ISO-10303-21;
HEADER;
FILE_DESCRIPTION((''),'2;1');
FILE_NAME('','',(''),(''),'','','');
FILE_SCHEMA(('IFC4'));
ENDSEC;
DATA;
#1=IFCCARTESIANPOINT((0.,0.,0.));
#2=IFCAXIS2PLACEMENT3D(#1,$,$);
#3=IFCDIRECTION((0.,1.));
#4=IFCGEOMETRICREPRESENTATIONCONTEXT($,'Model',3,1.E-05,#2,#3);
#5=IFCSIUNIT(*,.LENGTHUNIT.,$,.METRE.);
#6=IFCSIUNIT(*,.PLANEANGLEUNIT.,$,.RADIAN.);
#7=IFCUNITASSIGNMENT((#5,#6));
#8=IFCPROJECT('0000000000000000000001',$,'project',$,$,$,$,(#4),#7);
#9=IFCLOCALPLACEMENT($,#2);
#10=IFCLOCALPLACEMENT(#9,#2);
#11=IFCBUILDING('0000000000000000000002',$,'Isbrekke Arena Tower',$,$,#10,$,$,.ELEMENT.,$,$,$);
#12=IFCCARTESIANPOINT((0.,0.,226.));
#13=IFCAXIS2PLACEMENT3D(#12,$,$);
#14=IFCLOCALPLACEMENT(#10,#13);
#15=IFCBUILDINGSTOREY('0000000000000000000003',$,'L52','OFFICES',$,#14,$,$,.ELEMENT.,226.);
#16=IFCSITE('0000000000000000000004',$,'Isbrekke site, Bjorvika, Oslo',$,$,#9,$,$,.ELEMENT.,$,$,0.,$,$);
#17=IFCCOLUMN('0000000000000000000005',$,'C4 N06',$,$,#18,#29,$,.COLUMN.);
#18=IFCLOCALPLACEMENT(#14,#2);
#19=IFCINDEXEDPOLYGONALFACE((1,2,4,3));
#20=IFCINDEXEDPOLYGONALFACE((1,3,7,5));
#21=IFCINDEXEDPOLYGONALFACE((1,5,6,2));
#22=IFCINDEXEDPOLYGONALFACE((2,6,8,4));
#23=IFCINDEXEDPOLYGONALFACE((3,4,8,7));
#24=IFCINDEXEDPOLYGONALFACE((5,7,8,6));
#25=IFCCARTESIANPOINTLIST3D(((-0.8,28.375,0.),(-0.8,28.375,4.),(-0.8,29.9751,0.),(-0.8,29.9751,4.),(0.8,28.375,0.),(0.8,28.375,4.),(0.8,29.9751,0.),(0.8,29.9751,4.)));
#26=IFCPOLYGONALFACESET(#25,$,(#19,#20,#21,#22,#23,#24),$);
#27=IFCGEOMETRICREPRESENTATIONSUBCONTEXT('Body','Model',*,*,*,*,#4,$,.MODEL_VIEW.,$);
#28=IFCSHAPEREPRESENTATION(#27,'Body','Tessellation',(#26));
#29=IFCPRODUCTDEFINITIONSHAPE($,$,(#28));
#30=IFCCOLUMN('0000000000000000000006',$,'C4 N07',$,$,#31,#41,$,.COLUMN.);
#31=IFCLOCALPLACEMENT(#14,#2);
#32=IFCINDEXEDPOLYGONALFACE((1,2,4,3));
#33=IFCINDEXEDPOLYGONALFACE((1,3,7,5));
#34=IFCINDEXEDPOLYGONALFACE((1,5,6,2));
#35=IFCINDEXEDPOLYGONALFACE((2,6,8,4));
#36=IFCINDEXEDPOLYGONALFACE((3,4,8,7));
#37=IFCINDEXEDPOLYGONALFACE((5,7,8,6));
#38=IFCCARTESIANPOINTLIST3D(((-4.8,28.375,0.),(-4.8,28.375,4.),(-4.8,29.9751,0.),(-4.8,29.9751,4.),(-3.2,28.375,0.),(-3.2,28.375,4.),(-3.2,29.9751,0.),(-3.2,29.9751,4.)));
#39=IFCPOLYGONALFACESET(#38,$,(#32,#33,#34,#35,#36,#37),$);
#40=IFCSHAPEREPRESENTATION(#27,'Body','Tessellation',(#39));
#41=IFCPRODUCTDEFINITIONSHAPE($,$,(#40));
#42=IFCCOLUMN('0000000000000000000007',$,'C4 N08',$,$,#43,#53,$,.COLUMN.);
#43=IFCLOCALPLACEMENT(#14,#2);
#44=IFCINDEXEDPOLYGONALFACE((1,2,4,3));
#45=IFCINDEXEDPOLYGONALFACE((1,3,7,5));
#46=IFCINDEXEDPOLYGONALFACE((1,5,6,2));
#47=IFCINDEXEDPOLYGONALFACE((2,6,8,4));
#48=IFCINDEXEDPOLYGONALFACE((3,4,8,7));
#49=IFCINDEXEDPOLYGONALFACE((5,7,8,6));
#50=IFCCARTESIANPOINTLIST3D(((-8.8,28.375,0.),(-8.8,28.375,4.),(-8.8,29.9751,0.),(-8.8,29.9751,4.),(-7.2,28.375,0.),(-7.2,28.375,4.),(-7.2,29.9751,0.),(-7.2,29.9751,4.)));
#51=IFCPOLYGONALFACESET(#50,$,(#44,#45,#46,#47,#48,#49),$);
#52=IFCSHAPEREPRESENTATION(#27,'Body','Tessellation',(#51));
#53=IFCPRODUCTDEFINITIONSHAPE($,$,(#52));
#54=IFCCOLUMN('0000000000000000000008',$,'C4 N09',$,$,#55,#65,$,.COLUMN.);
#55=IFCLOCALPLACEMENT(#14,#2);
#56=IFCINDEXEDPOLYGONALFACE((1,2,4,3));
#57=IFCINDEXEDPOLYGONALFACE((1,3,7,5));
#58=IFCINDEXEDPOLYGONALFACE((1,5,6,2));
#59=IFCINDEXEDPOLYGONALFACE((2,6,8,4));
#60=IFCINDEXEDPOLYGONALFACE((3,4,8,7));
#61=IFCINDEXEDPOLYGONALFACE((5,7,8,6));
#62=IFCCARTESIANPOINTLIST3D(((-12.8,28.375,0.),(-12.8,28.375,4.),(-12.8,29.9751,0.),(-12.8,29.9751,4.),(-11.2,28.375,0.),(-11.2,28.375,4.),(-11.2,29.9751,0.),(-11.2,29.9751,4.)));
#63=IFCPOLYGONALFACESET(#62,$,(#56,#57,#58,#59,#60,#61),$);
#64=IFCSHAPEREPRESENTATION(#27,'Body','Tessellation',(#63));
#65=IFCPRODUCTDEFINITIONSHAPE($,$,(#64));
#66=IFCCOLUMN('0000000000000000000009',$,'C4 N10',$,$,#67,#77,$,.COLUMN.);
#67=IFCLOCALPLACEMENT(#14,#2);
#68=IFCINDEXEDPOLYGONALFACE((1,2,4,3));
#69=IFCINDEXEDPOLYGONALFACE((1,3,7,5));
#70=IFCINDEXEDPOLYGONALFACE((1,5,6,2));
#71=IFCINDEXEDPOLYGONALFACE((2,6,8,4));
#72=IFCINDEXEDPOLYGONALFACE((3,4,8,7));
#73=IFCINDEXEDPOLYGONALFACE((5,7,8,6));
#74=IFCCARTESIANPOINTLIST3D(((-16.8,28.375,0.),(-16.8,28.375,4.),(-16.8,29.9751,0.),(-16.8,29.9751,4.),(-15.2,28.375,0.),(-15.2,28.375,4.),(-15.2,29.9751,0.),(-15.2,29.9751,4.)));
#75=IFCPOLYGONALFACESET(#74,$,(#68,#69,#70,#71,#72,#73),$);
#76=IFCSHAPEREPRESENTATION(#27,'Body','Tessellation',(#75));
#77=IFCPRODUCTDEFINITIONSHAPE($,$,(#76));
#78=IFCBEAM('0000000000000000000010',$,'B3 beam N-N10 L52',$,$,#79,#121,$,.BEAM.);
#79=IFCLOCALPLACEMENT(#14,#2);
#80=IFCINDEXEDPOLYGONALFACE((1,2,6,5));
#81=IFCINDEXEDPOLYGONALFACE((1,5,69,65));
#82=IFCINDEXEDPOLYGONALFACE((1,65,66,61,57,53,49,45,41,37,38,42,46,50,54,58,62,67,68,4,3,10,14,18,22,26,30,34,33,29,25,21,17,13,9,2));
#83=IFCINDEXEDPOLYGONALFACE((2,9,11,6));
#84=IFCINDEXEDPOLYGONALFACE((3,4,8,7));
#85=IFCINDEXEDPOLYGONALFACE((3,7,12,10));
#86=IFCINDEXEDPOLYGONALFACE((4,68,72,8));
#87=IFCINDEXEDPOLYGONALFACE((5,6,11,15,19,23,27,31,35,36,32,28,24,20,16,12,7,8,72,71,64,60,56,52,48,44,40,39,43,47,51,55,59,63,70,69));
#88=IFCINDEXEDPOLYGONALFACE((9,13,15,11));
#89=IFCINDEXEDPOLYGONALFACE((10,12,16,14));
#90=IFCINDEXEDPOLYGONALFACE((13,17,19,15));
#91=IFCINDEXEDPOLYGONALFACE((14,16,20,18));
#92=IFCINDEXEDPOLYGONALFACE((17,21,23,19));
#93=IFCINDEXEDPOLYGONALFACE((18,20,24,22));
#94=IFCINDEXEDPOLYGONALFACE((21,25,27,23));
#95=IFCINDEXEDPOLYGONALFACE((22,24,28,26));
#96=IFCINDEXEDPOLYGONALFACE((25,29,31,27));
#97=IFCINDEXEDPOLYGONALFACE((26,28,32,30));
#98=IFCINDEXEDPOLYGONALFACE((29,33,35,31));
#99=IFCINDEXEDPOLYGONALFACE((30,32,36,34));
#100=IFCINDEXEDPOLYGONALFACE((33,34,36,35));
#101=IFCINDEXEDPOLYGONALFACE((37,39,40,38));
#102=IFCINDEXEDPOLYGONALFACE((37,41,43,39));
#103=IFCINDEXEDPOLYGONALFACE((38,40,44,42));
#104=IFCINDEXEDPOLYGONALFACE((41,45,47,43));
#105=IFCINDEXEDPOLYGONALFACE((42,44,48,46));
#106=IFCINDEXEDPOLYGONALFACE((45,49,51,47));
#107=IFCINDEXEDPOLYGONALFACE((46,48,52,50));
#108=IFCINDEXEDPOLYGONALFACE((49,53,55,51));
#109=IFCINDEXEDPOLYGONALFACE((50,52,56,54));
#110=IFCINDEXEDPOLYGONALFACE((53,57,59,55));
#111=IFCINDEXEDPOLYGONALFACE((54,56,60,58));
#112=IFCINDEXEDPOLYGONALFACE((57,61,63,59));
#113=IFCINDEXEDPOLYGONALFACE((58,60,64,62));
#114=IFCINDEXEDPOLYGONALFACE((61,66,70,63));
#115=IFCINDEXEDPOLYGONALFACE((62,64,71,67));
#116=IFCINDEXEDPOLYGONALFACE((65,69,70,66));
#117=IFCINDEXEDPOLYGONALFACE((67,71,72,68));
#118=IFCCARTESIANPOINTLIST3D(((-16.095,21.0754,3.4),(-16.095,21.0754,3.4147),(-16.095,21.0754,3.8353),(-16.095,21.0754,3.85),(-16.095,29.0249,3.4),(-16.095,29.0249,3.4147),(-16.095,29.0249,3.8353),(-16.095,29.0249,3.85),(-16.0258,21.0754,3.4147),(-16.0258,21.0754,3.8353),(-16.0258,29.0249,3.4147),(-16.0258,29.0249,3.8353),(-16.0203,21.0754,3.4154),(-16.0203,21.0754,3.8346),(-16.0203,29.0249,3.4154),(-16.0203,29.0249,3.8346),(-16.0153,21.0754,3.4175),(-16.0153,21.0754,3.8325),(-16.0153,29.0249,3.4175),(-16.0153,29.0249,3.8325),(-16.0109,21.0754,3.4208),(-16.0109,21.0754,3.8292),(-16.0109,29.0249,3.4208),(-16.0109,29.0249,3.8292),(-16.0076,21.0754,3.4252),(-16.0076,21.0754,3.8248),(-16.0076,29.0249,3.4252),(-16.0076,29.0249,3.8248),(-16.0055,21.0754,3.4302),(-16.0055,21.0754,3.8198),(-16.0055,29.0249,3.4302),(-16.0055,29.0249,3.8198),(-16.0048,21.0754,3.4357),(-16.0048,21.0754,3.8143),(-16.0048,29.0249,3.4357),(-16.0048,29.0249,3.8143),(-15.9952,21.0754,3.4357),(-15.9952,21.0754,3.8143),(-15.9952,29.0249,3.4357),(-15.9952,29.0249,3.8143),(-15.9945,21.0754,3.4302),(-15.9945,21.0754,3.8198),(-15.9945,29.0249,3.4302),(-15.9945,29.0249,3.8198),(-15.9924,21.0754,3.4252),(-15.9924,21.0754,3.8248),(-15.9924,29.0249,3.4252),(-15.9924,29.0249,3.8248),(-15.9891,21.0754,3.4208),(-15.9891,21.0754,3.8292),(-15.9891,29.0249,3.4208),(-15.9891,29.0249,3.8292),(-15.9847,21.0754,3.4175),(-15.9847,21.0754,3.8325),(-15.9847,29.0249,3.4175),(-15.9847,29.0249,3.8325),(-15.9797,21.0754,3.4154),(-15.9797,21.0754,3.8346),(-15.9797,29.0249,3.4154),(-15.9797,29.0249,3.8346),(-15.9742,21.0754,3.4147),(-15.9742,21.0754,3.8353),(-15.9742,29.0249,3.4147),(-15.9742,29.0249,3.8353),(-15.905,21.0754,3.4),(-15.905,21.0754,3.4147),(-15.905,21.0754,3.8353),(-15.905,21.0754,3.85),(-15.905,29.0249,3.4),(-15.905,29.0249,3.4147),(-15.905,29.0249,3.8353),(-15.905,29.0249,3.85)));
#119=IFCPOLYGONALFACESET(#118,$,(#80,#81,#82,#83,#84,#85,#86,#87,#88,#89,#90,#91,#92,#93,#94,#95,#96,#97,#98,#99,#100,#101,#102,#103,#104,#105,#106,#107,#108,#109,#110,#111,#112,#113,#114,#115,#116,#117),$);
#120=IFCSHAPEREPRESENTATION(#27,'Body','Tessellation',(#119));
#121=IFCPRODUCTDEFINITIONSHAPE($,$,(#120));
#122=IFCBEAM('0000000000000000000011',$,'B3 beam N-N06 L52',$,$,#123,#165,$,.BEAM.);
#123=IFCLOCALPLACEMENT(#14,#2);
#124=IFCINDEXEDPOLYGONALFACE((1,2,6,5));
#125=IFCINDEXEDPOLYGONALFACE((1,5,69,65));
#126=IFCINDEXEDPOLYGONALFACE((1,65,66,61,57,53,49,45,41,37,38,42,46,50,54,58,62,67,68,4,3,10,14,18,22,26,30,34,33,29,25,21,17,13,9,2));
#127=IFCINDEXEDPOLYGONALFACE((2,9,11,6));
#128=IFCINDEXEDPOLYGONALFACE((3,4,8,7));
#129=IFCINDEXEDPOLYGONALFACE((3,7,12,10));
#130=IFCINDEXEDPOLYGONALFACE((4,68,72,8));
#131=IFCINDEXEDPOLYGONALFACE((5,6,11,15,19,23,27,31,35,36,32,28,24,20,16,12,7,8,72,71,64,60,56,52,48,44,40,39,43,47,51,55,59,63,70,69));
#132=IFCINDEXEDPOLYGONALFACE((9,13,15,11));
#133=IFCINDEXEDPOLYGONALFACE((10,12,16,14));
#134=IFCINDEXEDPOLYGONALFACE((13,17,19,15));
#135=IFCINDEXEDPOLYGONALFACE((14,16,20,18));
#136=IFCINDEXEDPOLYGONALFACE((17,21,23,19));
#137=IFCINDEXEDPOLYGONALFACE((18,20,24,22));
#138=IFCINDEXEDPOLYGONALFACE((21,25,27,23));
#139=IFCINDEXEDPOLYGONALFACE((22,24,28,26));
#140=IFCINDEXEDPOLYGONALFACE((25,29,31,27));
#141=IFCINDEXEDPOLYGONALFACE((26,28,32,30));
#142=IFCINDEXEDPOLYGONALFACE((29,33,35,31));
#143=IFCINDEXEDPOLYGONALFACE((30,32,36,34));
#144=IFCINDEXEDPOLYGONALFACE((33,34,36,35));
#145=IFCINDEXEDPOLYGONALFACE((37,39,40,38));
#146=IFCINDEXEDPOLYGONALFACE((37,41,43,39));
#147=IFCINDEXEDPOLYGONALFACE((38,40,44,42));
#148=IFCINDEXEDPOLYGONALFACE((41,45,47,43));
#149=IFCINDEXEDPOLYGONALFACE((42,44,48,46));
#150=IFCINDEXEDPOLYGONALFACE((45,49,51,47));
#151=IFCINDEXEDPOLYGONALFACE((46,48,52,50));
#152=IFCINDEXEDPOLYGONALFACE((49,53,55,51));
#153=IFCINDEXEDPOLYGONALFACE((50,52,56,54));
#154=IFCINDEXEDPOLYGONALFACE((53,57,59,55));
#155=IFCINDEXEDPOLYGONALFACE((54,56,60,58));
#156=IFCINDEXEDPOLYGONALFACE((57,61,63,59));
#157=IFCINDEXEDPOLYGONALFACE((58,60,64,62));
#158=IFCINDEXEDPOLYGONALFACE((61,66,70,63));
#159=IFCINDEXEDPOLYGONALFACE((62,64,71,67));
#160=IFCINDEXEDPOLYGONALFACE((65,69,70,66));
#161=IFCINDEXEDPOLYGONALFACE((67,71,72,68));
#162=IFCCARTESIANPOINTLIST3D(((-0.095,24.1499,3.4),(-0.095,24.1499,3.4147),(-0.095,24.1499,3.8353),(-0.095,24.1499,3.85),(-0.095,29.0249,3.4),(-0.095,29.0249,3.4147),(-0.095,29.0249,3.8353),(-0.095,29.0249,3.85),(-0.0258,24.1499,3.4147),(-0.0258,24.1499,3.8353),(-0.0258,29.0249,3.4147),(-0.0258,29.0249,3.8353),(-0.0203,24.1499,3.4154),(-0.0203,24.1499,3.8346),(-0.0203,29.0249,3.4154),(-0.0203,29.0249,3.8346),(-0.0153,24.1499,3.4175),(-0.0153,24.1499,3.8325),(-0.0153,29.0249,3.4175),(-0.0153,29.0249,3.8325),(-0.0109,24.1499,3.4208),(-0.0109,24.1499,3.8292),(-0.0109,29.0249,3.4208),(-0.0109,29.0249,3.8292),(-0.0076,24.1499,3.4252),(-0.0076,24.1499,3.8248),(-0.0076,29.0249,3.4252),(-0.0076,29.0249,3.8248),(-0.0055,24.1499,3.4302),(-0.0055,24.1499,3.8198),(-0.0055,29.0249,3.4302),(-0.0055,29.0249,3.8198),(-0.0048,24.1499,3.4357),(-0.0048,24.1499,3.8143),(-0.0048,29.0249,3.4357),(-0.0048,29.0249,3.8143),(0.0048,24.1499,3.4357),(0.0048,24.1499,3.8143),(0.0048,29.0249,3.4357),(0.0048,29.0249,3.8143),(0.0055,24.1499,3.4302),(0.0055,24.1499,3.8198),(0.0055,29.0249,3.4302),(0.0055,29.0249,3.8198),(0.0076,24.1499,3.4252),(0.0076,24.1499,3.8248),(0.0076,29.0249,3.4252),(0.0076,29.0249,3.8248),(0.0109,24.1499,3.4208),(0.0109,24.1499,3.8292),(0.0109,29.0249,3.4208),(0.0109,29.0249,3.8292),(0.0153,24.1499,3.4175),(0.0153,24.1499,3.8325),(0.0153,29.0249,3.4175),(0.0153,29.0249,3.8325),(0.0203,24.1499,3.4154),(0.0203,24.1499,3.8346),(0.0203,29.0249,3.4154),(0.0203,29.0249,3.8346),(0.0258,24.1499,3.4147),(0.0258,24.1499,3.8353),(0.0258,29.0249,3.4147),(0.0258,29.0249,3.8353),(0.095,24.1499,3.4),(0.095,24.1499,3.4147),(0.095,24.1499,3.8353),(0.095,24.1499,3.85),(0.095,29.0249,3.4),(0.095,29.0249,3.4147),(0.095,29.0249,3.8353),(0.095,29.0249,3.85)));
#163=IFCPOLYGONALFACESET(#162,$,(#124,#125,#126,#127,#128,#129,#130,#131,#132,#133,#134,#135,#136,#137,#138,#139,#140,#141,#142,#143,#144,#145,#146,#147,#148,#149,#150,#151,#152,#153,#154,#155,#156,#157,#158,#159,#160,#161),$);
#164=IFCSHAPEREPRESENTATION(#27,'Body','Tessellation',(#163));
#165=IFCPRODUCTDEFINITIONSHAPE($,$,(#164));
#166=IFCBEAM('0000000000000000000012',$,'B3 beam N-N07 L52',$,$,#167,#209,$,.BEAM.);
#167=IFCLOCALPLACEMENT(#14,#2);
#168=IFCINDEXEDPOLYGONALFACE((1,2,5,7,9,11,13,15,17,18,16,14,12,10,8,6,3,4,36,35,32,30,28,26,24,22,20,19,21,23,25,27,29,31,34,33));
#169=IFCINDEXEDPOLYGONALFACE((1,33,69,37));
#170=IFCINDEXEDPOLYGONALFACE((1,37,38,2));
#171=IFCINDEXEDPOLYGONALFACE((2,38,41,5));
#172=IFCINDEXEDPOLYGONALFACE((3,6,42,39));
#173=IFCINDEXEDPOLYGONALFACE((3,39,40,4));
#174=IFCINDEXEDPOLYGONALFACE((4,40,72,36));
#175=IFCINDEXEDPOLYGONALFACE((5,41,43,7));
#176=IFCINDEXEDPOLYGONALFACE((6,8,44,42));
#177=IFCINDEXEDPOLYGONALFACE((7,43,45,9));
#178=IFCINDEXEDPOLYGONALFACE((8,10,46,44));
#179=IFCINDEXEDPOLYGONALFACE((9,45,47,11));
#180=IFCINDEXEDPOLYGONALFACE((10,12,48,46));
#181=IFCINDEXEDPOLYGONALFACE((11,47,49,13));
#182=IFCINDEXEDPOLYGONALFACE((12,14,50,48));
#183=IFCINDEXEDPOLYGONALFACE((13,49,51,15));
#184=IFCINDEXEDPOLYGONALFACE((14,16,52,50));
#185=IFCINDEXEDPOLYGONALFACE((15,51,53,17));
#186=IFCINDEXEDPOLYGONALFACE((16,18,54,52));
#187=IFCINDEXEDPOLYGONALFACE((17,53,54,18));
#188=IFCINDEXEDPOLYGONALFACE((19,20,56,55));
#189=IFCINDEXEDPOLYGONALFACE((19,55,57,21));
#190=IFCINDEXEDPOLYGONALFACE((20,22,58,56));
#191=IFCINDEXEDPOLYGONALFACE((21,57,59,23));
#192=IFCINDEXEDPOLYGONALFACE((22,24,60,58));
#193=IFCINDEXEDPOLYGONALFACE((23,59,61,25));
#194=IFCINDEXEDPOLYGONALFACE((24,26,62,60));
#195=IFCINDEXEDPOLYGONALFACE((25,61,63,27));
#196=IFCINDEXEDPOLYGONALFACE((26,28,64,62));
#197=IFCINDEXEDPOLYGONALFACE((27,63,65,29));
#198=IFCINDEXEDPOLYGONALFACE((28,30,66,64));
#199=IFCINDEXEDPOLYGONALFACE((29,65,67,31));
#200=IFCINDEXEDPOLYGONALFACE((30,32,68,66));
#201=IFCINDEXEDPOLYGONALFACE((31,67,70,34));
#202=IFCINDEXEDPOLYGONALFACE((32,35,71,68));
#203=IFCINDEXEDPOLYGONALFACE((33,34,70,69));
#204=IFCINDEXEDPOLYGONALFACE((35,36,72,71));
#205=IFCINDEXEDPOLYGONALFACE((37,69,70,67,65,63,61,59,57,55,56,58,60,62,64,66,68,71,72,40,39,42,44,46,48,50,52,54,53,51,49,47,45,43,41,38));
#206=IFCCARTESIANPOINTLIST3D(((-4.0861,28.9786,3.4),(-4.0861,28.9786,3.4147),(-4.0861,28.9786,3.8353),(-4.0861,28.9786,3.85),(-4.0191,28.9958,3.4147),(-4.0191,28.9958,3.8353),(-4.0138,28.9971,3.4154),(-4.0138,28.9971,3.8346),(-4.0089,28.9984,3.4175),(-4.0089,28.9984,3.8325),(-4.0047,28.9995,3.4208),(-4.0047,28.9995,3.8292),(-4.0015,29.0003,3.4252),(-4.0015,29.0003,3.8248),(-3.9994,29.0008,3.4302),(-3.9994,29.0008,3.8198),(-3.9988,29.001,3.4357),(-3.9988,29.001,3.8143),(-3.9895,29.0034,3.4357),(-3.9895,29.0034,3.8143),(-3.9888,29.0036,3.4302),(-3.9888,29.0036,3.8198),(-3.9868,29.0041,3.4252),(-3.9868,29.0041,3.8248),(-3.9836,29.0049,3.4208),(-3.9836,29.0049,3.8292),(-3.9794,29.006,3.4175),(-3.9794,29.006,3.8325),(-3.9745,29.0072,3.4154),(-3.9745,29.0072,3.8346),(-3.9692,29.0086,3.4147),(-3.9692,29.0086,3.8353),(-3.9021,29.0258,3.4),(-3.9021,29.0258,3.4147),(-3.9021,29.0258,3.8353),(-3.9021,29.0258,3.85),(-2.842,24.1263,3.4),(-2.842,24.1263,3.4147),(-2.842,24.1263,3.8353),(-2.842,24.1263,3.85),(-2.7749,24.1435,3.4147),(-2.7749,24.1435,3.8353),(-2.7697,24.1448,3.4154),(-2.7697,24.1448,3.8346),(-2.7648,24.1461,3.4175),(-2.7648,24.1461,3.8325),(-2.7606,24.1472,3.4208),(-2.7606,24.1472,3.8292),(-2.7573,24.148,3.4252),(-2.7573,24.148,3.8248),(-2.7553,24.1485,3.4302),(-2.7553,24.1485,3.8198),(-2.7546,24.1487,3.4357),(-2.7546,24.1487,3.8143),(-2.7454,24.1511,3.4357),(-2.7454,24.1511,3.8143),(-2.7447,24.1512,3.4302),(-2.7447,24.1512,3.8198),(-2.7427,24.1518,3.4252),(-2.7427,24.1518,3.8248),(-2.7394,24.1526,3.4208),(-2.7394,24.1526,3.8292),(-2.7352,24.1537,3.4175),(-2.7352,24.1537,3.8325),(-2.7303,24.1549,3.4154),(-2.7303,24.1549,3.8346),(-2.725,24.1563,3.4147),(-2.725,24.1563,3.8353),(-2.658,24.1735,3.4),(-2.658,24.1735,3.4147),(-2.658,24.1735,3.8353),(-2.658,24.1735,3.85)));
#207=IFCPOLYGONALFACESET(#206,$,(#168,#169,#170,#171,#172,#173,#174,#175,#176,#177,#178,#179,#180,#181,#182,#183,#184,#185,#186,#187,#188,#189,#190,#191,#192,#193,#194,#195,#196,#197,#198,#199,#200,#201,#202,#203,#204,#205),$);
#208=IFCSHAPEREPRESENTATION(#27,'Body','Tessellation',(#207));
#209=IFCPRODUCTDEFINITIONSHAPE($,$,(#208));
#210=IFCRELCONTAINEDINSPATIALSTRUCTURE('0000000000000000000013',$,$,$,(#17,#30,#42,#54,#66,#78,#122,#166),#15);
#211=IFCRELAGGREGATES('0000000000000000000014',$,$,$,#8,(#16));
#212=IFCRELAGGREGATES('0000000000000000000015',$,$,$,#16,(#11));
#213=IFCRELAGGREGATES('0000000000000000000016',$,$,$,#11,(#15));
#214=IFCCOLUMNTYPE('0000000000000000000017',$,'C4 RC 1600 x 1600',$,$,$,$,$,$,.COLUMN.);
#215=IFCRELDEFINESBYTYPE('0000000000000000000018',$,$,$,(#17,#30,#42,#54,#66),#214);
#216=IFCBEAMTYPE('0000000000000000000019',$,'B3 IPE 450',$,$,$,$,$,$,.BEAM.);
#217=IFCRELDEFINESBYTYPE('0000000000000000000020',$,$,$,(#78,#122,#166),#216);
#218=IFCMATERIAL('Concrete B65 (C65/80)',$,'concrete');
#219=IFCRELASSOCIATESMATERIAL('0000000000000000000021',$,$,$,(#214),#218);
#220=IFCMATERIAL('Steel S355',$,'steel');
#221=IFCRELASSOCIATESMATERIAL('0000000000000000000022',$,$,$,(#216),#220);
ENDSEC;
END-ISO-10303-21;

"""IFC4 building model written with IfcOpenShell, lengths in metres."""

from ifc_helpers import new_model, si_unit, direction, frame, origin, origin_2d, place, context, subcontext, project, spatial, rectangle, i_section, extrude, material, material_profile, profile_set, type_object, element, save


model = new_model("IFC4")

# Units and contexts
model_context = context("Model", 3, precision=1e-05, world=origin(), true_north=direction((0.0, 1.0)))
body_context = subcontext(model_context, "Body", "Model", "MODEL_VIEW")
ifc_project = project(units=[si_unit("LENGTHUNIT", "METRE"), si_unit("PLANEANGLEUNIT", "RADIAN")], contexts=[model_context])

# Site, building, storey
site_placement = place(None, origin())
site = spatial("IfcSite", under=ifc_project, at=site_placement, Name="Isbrekke site, Bjorvika, Oslo", CompositionType="ELEMENT", RefElevation=0.0)
building_placement = place(site_placement, origin())
building = spatial("IfcBuilding", under=site, at=building_placement, Name="Isbrekke Arena Tower", CompositionType="ELEMENT")
storey_placement = place(building_placement, frame((0.0, 0.0, 226.0)))
storey = spatial("IfcBuildingStorey", under=building, at=storey_placement, Name="L52", Description="OFFICES", CompositionType="ELEMENT", Elevation=226.0)

# Columns
ifc_material_1 = material(Name="Concrete B65 (C65/80)", Category="concrete")
ifc_material_profile_1 = material_profile(ifc_material_1, rectangle(XDim=1.6001, YDim=1.6001, at=origin_2d()), Name="RC 1600x1600")
ifc_profile_set_1 = profile_set([ifc_material_profile_1], Name="Concrete B65 (C65/80)")
column_type = type_object("IfcColumnType", Name="C4 RC 1600 x 1600", PredefinedType="COLUMN", material=ifc_profile_set_1)
for number, where, z_axis, x_axis, name in (
    (1, (0.0, 29.175, 0.0), (0.0, 0.0, 1.0), (-1.0, 0.0, 0.0), "C4 N06"),
    (2, (-4.0, 29.175, 0.0), (0.0, 0.0, 1.0), (-1.0, 0.0, 0.0), "C4 N07"),
    (3, (-8.0, 29.175, 0.0), (0.0, 0.0, 1.0), (-1.0, 0.0, 0.0), "C4 N08"),
    (4, (-12.0, 29.175, 0.0), (0.0, 0.0, 1.0), (-1.0, 0.0, 0.0), "C4 N09"),
    (5, (-16.0, 29.175, 0.0), (0.0, 0.0, 1.0), (-1.0, 0.0, 0.0), "C4 N10"),
):
    element("IfcColumn", number, at=place(storey_placement, frame(where, z_axis=z_axis, x_axis=x_axis)), inside=storey, type_object=column_type, Name=name, PredefinedType="COLUMN", context=body_context, shape_type="SweptSolid", body=[
        extrude(rectangle(XDim=1.6001, YDim=1.6001, at=origin_2d()), origin(), (0.0, 0.0, 1.0), 4.0),
    ])

# Beams
ifc_material_2 = material(Name="Steel S355", Category="steel")
ifc_material_profile_2 = material_profile(ifc_material_2, i_section(OverallWidth=0.1899, OverallDepth=0.45, WebThickness=0.0095, FlangeThickness=0.0146, FilletRadius=0.021, at=origin_2d()), Name="IPE 450")
ifc_profile_set_2 = profile_set([ifc_material_profile_2], Name="Steel S355")
beam_type_1 = type_object("IfcBeamType", Name="B3 IPE 450", PredefinedType="BEAM", material=ifc_profile_set_2)
beam_1_placement = place(storey_placement, frame((-16.0, 29.0249, 3.625), z_axis=(0.0, -1.0, 0.0), x_axis=(1.0, 0.0, 0.0)))
element("IfcBeam", 6, at=beam_1_placement, inside=storey, type_object=beam_type_1, Name="B3 beam N-N10 L52", PredefinedType="BEAM", context=body_context, shape_type="SweptSolid", body=[
    extrude(i_section(OverallWidth=0.1899, OverallDepth=0.45, WebThickness=0.0095, FlangeThickness=0.0146, FilletRadius=0.021, at=origin_2d()), origin(), (0.0, 0.0, 1.0), 7.9495),
])
beam_2_placement = place(storey_placement, frame((0.0, 29.0249, 3.625), z_axis=(0.0, -1.0, 0.0), x_axis=(1.0, 0.0, 0.0)))
element("IfcBeam", 7, at=beam_2_placement, inside=storey, type_object=beam_type_1, Name="B3 beam N-N06 L52", PredefinedType="BEAM", context=body_context, shape_type="SweptSolid", body=[
    extrude(i_section(OverallWidth=0.1899, OverallDepth=0.45, WebThickness=0.0095, FlangeThickness=0.0146, FilletRadius=0.021, at=origin_2d()), origin(), (0.0, 0.0, 1.0), 4.875),
])
beam_3_placement = place(storey_placement, frame((-3.9941, 29.0022, 3.625), z_axis=(0.248368, -0.968666, 0.0), x_axis=(0.968666, 0.248368, 0.0)))
element("IfcBeam", 8, at=beam_3_placement, inside=storey, type_object=beam_type_1, Name="B3 beam N-N07 L52", PredefinedType="BEAM", context=body_context, shape_type="SweptSolid", body=[
    extrude(i_section(OverallWidth=0.1899, OverallDepth=0.45, WebThickness=0.0095, FlangeThickness=0.0146, FilletRadius=0.021, at=origin_2d()), origin(), (0.0, 0.0, 1.0), 5.0093),
])

save(model, "model.ifc")
